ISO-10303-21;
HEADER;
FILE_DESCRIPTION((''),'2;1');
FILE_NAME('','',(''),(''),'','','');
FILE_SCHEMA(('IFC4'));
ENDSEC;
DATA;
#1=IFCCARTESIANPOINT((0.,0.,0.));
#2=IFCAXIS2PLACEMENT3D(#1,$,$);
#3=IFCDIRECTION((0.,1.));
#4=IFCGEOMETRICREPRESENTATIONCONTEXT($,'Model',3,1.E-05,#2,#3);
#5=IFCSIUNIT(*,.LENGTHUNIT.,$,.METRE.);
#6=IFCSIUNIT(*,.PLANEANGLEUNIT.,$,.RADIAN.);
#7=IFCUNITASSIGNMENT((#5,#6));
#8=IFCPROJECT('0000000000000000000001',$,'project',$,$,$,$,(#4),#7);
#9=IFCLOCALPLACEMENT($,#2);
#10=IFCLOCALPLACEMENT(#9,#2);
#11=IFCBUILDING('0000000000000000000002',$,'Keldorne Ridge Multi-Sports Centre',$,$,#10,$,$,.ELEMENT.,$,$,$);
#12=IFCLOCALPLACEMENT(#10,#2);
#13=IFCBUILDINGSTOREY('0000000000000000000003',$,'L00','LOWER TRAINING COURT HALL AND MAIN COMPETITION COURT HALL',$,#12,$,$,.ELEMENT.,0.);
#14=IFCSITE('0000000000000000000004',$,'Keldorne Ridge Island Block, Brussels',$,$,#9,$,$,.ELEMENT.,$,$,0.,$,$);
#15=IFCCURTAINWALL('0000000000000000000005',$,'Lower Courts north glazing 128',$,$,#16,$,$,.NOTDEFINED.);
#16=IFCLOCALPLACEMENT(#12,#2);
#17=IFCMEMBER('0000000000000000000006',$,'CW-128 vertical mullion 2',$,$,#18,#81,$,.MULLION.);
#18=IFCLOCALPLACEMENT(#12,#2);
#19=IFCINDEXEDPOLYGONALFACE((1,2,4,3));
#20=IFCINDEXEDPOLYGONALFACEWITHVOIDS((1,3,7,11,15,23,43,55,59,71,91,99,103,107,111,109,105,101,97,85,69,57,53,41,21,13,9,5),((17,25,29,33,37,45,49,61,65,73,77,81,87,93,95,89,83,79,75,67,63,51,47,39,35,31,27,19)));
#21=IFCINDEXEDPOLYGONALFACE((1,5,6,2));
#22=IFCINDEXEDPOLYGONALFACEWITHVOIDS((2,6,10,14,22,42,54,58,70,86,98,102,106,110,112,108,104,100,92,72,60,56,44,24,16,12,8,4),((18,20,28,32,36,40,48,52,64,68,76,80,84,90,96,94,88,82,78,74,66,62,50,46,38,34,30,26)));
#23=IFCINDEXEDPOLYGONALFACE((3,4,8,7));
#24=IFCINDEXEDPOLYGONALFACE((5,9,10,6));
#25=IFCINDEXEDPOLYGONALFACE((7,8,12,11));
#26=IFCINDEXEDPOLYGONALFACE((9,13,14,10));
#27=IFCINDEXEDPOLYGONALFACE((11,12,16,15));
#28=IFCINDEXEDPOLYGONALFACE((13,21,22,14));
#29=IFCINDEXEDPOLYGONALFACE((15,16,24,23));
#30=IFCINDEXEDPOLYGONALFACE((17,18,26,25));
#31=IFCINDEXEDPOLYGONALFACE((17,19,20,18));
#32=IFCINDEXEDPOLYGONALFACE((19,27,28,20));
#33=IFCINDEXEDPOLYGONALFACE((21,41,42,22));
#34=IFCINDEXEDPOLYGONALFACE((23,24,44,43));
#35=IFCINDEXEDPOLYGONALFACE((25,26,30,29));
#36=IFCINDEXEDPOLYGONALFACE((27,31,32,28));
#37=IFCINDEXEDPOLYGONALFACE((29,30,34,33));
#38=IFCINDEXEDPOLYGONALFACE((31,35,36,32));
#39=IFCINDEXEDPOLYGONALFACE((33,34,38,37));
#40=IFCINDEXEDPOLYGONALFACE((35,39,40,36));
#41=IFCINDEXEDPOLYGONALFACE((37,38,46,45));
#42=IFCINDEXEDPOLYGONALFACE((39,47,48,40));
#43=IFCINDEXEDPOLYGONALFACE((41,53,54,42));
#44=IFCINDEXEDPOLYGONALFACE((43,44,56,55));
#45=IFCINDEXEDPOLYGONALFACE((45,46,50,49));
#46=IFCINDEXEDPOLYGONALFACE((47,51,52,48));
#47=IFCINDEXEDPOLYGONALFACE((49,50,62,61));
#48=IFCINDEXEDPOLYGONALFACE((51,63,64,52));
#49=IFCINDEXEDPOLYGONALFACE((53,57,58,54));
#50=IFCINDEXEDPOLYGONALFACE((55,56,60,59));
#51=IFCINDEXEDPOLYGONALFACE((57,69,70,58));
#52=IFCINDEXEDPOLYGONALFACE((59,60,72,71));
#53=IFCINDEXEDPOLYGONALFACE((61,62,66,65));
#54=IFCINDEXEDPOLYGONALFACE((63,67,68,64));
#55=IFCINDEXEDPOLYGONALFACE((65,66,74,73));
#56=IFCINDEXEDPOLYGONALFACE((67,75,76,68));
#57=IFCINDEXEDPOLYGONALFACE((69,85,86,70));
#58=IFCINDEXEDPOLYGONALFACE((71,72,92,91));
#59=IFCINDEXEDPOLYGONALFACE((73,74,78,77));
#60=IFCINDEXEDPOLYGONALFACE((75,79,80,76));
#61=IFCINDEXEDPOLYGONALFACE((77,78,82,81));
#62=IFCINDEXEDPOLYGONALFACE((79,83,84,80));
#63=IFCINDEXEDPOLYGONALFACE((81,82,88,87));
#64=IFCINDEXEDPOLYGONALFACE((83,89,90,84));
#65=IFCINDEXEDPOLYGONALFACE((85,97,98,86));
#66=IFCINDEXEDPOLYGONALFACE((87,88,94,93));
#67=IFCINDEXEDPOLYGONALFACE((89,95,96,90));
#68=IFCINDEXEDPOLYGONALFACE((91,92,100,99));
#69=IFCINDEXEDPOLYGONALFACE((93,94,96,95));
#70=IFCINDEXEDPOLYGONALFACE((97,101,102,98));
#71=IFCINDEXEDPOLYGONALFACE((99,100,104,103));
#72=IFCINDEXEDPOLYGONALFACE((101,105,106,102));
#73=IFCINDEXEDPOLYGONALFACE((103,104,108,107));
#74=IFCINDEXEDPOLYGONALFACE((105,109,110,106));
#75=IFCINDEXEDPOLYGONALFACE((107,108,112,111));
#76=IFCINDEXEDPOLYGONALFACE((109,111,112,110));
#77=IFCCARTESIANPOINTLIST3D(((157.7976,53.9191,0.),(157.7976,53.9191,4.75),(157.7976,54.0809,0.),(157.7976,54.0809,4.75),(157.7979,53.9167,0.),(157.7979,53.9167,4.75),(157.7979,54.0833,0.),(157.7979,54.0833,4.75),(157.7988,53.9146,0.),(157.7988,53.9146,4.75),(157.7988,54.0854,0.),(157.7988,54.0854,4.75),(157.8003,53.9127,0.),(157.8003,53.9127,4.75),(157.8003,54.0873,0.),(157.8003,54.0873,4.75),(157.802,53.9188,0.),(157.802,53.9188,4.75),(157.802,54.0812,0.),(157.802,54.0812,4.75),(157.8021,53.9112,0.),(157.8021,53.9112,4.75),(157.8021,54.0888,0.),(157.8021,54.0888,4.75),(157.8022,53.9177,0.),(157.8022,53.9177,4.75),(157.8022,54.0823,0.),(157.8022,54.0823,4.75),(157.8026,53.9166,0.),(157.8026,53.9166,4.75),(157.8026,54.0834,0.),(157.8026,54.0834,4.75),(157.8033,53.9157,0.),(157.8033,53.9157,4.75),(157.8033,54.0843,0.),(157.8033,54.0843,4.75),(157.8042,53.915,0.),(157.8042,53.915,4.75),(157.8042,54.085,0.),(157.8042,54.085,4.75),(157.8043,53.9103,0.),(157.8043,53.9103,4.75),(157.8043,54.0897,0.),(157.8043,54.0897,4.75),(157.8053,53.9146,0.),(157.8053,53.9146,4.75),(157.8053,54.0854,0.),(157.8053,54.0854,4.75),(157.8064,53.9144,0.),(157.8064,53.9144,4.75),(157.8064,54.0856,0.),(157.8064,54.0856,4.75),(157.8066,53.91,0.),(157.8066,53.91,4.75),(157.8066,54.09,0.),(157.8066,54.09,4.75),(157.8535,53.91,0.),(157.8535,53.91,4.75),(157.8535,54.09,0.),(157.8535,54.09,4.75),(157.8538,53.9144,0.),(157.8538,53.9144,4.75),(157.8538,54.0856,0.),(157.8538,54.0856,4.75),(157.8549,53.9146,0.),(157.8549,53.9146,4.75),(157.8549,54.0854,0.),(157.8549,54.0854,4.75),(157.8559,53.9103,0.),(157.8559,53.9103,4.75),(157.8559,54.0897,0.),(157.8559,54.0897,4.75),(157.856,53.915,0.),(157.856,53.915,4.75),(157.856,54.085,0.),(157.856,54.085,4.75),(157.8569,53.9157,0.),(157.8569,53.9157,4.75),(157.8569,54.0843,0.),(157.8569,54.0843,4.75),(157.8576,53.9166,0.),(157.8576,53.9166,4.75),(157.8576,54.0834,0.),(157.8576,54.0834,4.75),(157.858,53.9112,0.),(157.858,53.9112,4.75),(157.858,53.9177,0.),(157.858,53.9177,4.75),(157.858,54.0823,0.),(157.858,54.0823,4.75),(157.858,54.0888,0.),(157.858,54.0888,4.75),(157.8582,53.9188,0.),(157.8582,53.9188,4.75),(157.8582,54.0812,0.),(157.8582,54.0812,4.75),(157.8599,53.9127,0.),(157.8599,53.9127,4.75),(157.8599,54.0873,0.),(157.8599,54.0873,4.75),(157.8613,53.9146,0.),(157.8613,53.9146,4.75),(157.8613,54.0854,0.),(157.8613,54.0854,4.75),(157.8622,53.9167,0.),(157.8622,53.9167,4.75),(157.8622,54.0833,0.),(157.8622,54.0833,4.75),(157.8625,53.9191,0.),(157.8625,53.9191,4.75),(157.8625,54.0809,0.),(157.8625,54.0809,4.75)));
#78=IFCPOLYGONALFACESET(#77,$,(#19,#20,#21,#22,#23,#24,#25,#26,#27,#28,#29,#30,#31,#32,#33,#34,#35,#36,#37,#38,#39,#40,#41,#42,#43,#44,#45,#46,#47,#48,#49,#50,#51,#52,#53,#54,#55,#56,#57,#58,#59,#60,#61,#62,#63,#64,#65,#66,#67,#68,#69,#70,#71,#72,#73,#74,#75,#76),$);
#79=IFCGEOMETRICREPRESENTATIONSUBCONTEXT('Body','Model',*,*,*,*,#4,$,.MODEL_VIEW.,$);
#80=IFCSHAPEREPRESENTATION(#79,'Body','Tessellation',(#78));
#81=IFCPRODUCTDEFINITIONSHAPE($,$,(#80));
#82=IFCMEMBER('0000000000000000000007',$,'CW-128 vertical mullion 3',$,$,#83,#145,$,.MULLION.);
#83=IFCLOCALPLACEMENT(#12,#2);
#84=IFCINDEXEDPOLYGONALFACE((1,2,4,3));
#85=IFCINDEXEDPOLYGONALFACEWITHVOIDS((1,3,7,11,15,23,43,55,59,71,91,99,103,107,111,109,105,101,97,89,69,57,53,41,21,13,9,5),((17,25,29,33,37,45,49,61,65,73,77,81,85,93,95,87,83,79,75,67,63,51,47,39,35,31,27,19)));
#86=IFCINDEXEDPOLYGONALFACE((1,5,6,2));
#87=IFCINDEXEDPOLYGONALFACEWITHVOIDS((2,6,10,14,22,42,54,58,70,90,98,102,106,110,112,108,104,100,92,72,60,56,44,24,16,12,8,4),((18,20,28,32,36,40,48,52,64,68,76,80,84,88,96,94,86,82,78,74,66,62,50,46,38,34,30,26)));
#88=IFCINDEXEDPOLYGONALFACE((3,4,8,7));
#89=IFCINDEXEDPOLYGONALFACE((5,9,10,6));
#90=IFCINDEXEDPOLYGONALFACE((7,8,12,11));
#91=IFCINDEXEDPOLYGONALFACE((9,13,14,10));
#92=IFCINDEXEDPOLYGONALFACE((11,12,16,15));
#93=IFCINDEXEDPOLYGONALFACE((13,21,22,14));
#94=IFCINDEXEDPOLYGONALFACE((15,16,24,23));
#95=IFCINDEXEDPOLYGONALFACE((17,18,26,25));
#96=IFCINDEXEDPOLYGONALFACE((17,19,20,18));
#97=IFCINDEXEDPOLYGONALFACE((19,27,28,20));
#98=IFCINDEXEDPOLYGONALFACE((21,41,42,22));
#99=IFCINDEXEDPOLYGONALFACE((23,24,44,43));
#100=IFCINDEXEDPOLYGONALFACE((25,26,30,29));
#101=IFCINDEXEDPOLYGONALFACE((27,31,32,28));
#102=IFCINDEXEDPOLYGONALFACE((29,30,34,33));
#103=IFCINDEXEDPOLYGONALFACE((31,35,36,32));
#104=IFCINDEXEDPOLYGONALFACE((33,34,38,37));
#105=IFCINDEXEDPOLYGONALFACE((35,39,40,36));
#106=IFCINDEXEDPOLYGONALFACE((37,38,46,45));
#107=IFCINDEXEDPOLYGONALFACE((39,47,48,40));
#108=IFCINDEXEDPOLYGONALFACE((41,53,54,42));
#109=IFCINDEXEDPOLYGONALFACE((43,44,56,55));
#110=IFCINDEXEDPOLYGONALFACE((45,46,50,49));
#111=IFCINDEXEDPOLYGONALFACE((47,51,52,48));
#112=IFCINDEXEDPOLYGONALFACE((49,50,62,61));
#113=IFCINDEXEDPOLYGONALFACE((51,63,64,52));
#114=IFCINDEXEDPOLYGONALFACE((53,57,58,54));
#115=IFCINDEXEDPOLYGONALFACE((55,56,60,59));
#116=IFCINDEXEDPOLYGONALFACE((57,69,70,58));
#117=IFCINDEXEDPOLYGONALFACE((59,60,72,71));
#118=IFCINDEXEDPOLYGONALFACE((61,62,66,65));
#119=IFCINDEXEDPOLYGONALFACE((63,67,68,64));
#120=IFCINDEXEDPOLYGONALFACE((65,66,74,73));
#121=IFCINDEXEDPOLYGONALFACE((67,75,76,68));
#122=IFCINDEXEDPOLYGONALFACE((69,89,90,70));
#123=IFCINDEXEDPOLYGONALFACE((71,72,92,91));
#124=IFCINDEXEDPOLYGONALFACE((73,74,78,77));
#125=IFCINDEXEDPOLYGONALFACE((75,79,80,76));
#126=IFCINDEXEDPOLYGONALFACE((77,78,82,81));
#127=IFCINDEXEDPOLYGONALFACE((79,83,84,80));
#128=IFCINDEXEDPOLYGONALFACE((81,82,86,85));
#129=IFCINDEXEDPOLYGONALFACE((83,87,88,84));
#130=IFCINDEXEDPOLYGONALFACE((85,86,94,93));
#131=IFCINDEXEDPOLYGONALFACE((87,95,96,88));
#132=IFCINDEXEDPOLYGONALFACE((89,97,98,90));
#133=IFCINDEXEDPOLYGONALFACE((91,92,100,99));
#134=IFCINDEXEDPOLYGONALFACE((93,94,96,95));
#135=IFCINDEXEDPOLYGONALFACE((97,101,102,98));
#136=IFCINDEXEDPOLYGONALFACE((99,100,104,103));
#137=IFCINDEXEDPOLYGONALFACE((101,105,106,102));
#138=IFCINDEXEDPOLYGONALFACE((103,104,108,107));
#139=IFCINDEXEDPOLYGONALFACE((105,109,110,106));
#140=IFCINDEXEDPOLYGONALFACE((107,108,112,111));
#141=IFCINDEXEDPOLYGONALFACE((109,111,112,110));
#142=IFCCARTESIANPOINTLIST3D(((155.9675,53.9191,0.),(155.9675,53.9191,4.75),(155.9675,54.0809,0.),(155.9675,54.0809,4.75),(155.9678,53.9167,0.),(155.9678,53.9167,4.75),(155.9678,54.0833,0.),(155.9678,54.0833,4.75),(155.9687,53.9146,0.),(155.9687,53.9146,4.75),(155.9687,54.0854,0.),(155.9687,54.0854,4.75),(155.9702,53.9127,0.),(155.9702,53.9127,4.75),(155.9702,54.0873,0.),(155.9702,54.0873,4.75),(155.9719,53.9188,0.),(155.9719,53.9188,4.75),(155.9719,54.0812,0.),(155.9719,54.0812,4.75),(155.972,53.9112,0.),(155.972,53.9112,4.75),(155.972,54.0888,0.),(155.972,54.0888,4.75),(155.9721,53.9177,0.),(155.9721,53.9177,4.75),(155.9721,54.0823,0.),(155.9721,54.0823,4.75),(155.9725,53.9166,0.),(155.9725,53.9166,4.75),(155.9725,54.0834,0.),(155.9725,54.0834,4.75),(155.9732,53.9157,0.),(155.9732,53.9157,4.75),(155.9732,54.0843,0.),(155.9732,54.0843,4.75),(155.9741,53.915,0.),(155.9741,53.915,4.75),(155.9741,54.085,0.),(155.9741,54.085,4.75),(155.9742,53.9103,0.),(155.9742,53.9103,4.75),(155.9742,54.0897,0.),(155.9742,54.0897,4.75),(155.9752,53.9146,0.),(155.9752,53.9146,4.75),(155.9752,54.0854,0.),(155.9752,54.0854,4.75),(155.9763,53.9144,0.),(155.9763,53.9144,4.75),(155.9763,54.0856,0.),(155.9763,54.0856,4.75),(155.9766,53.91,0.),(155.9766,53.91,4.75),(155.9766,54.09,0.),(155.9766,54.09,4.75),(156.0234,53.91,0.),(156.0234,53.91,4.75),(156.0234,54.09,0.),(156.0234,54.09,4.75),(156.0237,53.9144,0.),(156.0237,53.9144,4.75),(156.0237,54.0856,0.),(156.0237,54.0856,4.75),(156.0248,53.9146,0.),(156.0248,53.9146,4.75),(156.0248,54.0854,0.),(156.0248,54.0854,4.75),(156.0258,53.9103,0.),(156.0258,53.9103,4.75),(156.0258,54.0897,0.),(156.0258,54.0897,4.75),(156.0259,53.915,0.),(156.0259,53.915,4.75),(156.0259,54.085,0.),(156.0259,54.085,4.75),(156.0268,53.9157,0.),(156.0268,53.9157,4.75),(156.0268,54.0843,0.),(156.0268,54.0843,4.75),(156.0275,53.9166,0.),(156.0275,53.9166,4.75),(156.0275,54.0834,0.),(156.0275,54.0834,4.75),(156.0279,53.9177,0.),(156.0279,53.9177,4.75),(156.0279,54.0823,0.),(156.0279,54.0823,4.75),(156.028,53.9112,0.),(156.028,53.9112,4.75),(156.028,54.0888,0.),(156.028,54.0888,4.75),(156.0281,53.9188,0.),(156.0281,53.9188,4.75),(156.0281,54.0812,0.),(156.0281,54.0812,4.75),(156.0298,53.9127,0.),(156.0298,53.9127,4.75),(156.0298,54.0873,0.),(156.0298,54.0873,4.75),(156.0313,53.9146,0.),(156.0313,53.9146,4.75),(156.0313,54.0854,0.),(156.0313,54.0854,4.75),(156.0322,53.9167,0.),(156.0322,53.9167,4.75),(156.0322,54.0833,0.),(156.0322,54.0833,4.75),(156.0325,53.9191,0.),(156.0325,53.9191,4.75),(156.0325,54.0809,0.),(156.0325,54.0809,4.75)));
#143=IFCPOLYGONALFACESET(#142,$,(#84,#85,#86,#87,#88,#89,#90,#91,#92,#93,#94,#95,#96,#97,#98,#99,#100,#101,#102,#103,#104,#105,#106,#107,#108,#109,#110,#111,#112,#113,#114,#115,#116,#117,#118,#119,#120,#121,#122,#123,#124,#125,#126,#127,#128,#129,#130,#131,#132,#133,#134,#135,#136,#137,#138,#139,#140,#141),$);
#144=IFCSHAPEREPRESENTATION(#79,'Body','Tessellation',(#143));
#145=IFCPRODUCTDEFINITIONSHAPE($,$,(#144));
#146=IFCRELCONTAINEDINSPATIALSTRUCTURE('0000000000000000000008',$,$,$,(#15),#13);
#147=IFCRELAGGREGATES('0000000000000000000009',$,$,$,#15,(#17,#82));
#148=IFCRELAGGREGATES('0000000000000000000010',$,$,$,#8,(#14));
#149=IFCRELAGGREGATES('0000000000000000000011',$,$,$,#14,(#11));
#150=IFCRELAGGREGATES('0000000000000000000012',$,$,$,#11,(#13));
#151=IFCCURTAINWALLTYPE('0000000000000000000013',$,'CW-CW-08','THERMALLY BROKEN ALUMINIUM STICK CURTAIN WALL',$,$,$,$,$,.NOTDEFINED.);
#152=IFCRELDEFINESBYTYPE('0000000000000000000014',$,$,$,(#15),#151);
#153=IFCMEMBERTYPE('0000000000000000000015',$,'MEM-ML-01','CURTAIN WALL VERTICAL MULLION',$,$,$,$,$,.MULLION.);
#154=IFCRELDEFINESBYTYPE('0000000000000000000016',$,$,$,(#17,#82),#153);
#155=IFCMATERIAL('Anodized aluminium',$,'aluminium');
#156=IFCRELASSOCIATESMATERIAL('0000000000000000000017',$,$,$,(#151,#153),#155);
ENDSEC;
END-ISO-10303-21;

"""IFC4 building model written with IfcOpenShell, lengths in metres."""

from ifc_helpers import new_model, si_unit, direction, frame, origin, origin_2d, place, context, subcontext, project, spatial, hollow_rectangle, extrude, material, material_profile, profile_set, type_object, element, aggregate, save


model = new_model("IFC4")

# Units and contexts
model_context = context("Model", 3, precision=1e-05, world=origin(), true_north=direction((0.0, 1.0)))
body_context = subcontext(model_context, "Body", "Model", "MODEL_VIEW")
ifc_project = project(units=[si_unit("LENGTHUNIT", "METRE"), si_unit("PLANEANGLEUNIT", "RADIAN")], contexts=[model_context])

# Site, building, storey
site_placement = place(None, origin())
site = spatial("IfcSite", under=ifc_project, at=site_placement, Name="Keldorne Ridge Island Block, Brussels", CompositionType="ELEMENT", RefElevation=0.0)
building_placement = place(site_placement, origin())
building = spatial("IfcBuilding", under=site, at=building_placement, Name="Keldorne Ridge Multi-Sports Centre", CompositionType="ELEMENT")
storey_placement = place(building_placement, origin())
storey = spatial("IfcBuildingStorey", under=building, at=storey_placement, Name="L00", Description="LOWER TRAINING COURT HALL AND MAIN COMPETITION COURT HALL", CompositionType="ELEMENT", Elevation=0.0)

# Curtain wall, members
ifc_material_1 = material(Name="Anodized aluminium", Category="aluminium")
curtain_wall_type_1 = type_object("IfcCurtainWallType", Name="CW-CW-08", Description="THERMALLY BROKEN ALUMINIUM STICK CURTAIN WALL", PredefinedType="NOTDEFINED", material=ifc_material_1)
curtain_wall_1_placement = place(storey_placement, origin())
curtain_wall_1 = element("IfcCurtainWall", 1, at=curtain_wall_1_placement, inside=storey, type_object=curtain_wall_type_1, Name="Lower Courts north glazing 128", PredefinedType="NOTDEFINED")
ifc_material_profile_1 = material_profile(ifc_material_1, hollow_rectangle(XDim=0.0649, YDim=0.1799, WallThickness=0.0044, InnerFilletRadius=0.0044, OuterFilletRadius=0.009, at=origin_2d()), Name="ALU MULLION 180x65x4.5")
ifc_profile_set_1 = profile_set([ifc_material_profile_1], Name="Anodized aluminium")
member_type_1 = type_object("IfcMemberType", Name="MEM-ML-01", Description="CURTAIN WALL VERTICAL MULLION", PredefinedType="MULLION", material=ifc_profile_set_1)
member_1_placement = place(storey_placement, frame((157.8301, 54.0, 0.0), z_axis=(0.0, 0.0, 1.0), x_axis=(1.0, 0.0, 0.0)))
member_1 = element("IfcMember", 2, at=member_1_placement, type_object=member_type_1, Name="CW-128 vertical mullion 2", PredefinedType="MULLION", context=body_context, shape_type="SweptSolid", body=[
    extrude(hollow_rectangle(XDim=0.0649, YDim=0.1799, WallThickness=0.0044, InnerFilletRadius=0.0044, OuterFilletRadius=0.009, at=origin_2d()), origin(), (0.0, 0.0, 1.0), 4.75),
])
member_2_placement = place(storey_placement, frame((156.0, 54.0, 0.0), z_axis=(0.0, 0.0, 1.0), x_axis=(1.0, 0.0, 0.0)))
member_2 = element("IfcMember", 3, at=member_2_placement, type_object=member_type_1, Name="CW-128 vertical mullion 3", PredefinedType="MULLION", context=body_context, shape_type="SweptSolid", body=[
    extrude(hollow_rectangle(XDim=0.0649, YDim=0.1799, WallThickness=0.0044, InnerFilletRadius=0.0044, OuterFilletRadius=0.009, at=origin_2d()), origin(), (0.0, 0.0, 1.0), 4.75),
])

aggregate(curtain_wall_1, [member_1, member_2])

save(model, "model.ifc")
